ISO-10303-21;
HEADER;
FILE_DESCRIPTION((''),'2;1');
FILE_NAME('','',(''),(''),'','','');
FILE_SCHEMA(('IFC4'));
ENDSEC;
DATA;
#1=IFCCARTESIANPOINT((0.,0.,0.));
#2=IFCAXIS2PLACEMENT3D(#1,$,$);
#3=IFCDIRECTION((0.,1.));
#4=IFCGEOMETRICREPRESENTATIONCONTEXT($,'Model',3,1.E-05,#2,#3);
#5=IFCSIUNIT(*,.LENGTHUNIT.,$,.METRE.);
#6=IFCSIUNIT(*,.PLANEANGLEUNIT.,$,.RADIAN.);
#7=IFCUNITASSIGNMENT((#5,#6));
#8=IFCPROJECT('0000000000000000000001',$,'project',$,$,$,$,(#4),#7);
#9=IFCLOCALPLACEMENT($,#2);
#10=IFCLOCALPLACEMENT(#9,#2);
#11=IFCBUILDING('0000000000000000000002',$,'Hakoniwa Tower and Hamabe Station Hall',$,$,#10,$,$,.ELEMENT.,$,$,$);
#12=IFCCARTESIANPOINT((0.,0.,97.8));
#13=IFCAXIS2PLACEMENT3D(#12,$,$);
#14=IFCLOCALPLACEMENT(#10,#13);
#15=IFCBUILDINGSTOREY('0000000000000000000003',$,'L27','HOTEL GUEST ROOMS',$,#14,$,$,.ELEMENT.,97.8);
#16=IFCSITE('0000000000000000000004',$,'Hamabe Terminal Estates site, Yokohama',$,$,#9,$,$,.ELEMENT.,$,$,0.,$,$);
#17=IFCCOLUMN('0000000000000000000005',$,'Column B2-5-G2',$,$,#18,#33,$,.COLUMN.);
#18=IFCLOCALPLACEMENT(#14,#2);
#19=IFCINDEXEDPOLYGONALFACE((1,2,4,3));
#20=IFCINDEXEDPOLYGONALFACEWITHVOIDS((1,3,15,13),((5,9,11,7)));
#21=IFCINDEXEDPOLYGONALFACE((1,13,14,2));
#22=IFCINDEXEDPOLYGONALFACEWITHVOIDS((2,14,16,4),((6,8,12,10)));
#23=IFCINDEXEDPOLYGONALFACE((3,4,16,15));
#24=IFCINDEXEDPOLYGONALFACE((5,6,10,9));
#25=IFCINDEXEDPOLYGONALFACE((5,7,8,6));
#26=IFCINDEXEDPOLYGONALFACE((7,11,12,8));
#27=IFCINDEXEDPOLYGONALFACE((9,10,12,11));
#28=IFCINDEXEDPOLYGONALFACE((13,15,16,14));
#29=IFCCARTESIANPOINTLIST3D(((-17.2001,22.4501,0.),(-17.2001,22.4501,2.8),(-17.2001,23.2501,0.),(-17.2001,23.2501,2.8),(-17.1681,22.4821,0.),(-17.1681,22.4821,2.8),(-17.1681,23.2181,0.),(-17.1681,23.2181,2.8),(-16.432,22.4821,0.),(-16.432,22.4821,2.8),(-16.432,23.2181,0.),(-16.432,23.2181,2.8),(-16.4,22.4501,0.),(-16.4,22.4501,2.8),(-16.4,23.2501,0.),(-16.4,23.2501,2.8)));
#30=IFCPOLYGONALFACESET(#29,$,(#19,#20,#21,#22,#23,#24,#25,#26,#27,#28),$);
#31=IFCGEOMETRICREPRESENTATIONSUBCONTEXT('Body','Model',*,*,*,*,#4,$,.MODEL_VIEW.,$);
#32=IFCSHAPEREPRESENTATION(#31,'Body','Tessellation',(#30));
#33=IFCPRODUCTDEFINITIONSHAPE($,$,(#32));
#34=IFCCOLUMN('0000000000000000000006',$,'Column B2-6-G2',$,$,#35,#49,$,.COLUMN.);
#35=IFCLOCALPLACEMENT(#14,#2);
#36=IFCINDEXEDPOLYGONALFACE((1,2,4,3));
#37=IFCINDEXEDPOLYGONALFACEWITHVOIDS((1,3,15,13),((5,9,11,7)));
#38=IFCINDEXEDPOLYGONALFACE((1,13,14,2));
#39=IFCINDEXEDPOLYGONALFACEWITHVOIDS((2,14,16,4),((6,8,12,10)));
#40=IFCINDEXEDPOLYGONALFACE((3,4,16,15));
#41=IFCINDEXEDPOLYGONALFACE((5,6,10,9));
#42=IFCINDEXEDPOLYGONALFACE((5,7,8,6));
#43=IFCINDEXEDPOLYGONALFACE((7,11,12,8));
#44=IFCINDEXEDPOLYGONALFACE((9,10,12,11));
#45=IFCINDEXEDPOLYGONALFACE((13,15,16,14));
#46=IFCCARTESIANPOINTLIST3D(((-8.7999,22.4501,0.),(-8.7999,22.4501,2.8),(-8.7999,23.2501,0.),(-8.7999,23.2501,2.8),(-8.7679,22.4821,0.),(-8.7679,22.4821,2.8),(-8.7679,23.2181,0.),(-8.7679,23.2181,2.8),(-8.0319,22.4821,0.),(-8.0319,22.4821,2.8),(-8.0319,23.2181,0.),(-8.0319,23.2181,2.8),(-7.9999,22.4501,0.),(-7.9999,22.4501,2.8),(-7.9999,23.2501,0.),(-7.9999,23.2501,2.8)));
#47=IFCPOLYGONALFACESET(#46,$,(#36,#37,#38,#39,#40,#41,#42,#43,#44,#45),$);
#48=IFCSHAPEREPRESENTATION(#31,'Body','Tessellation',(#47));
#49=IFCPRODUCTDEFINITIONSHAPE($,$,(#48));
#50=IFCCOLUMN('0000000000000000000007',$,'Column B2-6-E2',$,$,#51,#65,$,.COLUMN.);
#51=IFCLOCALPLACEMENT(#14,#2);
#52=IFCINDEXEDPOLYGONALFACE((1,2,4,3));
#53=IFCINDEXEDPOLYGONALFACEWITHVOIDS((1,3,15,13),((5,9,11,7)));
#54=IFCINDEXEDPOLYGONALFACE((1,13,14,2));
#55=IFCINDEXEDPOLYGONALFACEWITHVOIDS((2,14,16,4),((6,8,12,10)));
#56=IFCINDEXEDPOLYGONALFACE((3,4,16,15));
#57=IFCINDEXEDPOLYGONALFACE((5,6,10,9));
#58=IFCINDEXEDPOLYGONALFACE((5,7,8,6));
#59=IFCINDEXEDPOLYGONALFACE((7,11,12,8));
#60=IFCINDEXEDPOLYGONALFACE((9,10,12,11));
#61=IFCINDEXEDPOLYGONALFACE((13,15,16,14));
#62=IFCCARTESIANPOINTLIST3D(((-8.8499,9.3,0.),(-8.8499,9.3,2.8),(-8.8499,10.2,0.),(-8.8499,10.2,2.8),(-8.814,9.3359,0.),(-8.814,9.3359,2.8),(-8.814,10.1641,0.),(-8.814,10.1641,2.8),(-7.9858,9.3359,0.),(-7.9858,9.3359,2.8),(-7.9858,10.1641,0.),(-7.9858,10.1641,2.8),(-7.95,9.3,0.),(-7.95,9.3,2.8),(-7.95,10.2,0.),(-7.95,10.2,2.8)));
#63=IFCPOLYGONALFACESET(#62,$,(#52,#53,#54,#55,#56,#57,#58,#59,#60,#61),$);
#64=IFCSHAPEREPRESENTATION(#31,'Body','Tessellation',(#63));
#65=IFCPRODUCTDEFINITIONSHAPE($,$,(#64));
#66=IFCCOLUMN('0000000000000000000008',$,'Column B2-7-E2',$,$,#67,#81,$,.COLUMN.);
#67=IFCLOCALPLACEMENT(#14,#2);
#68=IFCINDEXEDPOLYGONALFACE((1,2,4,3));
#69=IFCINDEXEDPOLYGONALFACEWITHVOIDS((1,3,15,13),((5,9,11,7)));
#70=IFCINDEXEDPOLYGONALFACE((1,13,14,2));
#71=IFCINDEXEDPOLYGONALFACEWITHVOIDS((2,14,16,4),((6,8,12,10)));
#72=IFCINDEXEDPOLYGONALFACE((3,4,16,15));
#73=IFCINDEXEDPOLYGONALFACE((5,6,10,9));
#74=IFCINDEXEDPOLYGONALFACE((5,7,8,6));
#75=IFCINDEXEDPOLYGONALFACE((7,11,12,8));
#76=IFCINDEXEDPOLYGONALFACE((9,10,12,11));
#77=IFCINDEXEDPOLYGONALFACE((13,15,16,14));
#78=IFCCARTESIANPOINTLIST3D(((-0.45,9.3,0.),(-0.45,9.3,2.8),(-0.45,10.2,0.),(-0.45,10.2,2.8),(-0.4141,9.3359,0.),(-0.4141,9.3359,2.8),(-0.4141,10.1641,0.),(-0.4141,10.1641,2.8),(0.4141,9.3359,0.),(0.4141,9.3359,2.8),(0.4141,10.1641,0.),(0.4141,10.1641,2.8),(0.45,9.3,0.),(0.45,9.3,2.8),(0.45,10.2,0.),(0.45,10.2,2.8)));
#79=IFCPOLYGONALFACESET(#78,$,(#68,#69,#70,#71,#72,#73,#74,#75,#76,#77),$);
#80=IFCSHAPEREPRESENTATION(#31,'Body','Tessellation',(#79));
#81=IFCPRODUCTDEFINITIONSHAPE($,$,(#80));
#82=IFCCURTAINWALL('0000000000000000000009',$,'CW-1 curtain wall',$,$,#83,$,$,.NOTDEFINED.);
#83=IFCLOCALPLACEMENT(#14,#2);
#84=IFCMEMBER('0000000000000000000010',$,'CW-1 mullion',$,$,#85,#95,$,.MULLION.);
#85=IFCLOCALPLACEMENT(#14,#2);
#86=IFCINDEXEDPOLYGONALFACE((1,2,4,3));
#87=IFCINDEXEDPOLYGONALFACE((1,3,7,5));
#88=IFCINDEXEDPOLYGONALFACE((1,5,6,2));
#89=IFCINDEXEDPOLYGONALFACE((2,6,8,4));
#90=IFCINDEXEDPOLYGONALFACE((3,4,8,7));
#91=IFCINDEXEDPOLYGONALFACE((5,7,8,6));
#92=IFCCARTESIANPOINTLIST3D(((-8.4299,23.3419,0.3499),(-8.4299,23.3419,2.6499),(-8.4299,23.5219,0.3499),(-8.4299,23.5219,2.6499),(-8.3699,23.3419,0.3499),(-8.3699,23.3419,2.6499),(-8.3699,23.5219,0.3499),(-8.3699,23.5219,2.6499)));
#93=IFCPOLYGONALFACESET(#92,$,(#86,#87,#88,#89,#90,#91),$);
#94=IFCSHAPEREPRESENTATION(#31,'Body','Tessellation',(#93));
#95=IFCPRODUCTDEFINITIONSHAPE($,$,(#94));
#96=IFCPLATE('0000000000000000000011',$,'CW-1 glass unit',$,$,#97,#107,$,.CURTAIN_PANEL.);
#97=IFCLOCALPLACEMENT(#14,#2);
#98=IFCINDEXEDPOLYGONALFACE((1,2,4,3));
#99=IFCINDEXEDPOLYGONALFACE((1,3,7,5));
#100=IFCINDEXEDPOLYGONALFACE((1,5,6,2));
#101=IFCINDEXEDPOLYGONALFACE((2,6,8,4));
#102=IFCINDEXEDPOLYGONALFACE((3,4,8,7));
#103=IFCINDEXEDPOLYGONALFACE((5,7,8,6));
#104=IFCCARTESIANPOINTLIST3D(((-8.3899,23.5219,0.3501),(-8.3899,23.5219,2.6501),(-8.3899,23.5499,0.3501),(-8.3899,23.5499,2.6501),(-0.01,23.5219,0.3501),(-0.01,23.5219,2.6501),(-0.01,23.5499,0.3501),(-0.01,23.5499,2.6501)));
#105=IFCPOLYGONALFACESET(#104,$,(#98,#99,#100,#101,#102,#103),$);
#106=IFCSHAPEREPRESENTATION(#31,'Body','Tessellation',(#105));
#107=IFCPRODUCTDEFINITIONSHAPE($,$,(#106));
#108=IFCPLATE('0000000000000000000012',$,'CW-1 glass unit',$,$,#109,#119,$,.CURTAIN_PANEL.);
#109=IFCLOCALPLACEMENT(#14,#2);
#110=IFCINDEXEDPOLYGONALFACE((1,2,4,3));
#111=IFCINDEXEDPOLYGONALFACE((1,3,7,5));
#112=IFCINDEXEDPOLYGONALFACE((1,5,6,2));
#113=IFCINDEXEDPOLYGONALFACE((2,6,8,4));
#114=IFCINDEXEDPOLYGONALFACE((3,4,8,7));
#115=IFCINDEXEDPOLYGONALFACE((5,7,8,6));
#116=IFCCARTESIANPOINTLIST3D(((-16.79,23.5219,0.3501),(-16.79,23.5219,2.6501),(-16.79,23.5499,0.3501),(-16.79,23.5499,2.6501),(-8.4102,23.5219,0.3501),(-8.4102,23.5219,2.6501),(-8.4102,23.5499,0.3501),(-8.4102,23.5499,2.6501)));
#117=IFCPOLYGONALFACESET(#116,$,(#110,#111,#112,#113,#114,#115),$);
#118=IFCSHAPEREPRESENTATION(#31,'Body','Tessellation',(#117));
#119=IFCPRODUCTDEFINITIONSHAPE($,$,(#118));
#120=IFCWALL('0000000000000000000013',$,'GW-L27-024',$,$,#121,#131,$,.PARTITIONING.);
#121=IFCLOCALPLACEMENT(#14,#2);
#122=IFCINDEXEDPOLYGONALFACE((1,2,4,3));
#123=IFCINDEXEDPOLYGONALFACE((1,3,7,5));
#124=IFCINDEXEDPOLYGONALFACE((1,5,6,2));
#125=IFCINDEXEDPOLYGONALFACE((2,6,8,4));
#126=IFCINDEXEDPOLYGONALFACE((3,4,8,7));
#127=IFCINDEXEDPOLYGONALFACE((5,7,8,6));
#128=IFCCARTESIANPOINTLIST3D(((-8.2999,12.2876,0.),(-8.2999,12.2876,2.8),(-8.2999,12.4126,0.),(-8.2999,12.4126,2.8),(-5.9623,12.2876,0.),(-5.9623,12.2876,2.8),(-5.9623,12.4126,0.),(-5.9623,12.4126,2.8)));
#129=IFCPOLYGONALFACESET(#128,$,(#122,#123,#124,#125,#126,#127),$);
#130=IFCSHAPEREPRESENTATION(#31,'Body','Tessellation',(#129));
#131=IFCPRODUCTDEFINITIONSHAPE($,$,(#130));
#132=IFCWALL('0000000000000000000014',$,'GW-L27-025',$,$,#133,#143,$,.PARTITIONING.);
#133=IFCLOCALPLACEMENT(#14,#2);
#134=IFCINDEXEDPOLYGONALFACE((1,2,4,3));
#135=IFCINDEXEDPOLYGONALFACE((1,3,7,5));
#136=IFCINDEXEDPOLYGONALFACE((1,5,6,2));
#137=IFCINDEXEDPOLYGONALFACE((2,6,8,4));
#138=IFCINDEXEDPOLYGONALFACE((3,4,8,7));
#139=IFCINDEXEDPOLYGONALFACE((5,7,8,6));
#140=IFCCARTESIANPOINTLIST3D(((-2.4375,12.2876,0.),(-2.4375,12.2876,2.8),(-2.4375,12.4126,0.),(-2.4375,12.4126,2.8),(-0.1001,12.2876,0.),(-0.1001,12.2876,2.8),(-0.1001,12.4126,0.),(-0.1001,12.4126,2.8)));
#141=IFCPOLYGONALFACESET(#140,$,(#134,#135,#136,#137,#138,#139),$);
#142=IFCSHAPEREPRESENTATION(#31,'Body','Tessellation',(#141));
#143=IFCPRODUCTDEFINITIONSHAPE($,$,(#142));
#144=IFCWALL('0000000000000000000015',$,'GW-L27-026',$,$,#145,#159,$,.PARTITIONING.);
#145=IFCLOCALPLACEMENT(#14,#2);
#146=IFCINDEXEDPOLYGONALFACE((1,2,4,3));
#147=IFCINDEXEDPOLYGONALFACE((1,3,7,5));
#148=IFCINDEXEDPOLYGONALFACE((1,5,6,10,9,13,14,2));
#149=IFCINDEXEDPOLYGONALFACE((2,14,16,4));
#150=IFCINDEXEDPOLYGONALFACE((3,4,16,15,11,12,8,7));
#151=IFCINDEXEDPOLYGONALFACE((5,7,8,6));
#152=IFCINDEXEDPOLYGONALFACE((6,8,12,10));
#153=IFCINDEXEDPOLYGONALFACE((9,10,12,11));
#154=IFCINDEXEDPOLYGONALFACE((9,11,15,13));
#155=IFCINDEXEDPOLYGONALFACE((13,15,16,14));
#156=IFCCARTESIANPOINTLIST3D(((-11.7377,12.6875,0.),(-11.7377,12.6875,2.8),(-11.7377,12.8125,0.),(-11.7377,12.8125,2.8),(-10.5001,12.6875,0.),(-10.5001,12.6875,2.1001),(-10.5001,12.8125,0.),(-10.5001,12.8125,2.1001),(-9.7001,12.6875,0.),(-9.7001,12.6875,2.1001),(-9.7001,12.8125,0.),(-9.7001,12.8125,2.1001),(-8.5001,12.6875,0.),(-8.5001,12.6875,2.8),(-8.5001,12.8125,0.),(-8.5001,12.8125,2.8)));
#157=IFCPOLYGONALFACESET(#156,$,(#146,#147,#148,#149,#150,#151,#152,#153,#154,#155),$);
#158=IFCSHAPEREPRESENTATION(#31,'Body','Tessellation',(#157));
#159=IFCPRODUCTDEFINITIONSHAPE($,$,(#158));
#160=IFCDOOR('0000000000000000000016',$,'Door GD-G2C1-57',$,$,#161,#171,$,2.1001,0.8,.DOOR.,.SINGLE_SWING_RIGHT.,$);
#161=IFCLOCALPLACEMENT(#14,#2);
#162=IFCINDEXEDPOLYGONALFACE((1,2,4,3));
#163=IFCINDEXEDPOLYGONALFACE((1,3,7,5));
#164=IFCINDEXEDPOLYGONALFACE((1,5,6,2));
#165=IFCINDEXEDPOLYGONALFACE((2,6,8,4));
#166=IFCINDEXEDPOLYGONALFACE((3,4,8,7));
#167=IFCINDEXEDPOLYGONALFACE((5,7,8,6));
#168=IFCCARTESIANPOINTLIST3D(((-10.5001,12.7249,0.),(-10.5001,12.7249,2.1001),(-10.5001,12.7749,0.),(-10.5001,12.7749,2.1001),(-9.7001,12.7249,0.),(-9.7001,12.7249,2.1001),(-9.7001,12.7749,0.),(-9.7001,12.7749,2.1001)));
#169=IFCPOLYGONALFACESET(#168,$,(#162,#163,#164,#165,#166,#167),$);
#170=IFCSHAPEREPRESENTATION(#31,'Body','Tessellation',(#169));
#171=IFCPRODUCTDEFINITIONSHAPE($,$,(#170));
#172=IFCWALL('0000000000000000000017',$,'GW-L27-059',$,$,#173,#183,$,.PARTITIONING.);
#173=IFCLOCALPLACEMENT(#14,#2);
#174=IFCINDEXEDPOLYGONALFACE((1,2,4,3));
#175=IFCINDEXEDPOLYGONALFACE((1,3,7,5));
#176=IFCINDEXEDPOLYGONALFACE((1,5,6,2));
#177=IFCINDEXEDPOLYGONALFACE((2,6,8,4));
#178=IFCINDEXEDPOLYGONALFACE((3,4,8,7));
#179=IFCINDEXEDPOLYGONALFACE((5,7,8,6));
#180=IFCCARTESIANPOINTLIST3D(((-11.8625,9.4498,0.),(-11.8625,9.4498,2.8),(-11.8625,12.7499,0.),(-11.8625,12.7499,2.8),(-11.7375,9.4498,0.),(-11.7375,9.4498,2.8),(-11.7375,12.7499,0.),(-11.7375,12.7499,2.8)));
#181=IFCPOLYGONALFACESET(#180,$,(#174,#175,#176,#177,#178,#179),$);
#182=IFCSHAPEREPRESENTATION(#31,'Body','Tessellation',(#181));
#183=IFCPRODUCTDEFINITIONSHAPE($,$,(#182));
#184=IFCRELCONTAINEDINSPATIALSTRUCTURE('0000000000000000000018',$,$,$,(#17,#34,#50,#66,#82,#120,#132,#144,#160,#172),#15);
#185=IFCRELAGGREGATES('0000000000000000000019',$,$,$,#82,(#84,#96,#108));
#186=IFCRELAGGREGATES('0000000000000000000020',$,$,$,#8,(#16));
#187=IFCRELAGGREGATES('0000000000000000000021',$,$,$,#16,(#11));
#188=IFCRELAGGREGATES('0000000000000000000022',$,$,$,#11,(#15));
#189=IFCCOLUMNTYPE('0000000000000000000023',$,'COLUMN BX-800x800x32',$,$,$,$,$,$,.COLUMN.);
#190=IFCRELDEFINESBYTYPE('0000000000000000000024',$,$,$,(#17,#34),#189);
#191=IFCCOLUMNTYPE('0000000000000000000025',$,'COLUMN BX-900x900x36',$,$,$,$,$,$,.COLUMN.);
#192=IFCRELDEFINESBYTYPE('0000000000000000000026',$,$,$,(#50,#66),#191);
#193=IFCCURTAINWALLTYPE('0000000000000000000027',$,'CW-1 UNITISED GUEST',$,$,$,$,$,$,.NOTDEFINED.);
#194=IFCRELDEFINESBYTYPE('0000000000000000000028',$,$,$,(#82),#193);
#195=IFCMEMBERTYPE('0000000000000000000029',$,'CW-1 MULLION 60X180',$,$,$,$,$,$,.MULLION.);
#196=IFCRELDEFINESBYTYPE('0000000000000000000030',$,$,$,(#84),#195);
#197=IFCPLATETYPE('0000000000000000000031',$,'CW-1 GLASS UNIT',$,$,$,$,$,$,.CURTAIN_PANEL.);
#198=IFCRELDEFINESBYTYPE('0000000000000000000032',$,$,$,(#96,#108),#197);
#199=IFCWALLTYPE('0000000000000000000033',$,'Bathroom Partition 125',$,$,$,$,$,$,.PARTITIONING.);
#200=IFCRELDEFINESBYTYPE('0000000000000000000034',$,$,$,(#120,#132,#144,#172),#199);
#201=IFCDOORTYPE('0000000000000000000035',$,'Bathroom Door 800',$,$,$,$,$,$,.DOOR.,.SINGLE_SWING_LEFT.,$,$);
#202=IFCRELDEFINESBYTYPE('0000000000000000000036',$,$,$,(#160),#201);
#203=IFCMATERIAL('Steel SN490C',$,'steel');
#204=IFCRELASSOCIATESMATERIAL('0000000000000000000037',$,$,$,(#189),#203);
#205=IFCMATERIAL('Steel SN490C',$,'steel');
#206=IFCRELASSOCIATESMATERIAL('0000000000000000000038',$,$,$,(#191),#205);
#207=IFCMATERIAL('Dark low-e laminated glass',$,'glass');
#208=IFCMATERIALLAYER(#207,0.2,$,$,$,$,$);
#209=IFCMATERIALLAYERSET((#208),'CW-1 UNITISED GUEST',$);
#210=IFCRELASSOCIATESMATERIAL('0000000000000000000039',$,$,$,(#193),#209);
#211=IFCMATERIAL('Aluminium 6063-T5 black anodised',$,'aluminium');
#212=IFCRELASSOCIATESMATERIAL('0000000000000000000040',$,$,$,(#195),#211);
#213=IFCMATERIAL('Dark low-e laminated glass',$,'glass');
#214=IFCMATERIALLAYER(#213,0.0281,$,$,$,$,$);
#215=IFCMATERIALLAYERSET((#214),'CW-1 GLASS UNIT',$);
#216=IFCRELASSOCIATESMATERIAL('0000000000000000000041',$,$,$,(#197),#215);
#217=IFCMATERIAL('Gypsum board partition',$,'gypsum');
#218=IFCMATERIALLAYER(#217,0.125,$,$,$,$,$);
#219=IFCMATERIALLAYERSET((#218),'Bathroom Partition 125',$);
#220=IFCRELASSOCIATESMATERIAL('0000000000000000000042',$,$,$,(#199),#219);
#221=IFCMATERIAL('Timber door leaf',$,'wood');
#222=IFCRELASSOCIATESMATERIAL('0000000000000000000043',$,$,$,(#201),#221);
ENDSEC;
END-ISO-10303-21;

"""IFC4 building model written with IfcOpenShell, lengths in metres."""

from ifc_helpers import new_model, si_unit, direction, frame, frame_2d, origin, origin_2d, place, context, subcontext, project, spatial, rectangle, hollow_rectangle, extrude, material, layer, layer_set, material_profile, profile_set, type_object, element, fill, aggregate, save


model = new_model("IFC4")

# Units and contexts
model_context = context("Model", 3, precision=1e-05, world=origin(), true_north=direction((0.0, 1.0)))
body_context = subcontext(model_context, "Body", "Model", "MODEL_VIEW")
ifc_project = project(units=[si_unit("LENGTHUNIT", "METRE"), si_unit("PLANEANGLEUNIT", "RADIAN")], contexts=[model_context])

# Site, building, storey
site_placement = place(None, origin())
site = spatial("IfcSite", under=ifc_project, at=site_placement, Name="Hamabe Terminal Estates site, Yokohama", CompositionType="ELEMENT", RefElevation=0.0)
building_placement = place(site_placement, origin())
building = spatial("IfcBuilding", under=site, at=building_placement, Name="Hakoniwa Tower and Hamabe Station Hall", CompositionType="ELEMENT")
storey_placement = place(building_placement, frame((0.0, 0.0, 97.8)))
storey = spatial("IfcBuildingStorey", under=building, at=storey_placement, Name="L27", Description="HOTEL GUEST ROOMS", CompositionType="ELEMENT", Elevation=97.8)

# Columns
ifc_material_1 = material(Name="Steel SN490C", Category="steel")
ifc_material_profile_1 = material_profile(ifc_material_1, hollow_rectangle(XDim=0.8, YDim=0.8, WallThickness=0.032, at=origin_2d()), Name="BX-800x800x32")
ifc_profile_set_1 = profile_set([ifc_material_profile_1], Name="Steel SN490C")
column_type_1 = type_object("IfcColumnType", Name="COLUMN BX-800x800x32", PredefinedType="COLUMN", material=ifc_profile_set_1)
for number, where, z_axis, x_axis, name in (
    (1, (-16.8, 22.8501, 0.0), (0.0, 0.0, 1.0), (1.0, 0.0, 0.0), "Column B2-5-G2"),
    (2, (-8.3999, 22.8501, 0.0), (0.0, 0.0, 1.0), (1.0, 0.0, 0.0), "Column B2-6-G2"),
):
    element("IfcColumn", number, at=place(storey_placement, frame(where, z_axis=z_axis, x_axis=x_axis)), inside=storey, type_object=column_type_1, Name=name, PredefinedType="COLUMN", context=body_context, shape_type="SweptSolid", body=[
        extrude(hollow_rectangle(XDim=0.8, YDim=0.8, WallThickness=0.032, at=origin_2d()), origin(), (0.0, 0.0, 1.0), 2.8),
    ])
ifc_material_2 = material(Name="Steel SN490C", Category="steel")
ifc_material_profile_2 = material_profile(ifc_material_2, hollow_rectangle(XDim=0.8999, YDim=0.8999, WallThickness=0.0359, at=origin_2d()), Name="BX-900x900x36")
ifc_profile_set_2 = profile_set([ifc_material_profile_2], Name="Steel SN490C")
column_type_2 = type_object("IfcColumnType", Name="COLUMN BX-900x900x36", PredefinedType="COLUMN", material=ifc_profile_set_2)
for number, where, z_axis, x_axis, name in (
    (3, (-8.3999, 9.75, 0.0), (0.0, 0.0, 1.0), (1.0, 0.0, 0.0), "Column B2-6-E2"),
    (4, (0.0, 9.75, 0.0), (0.0, 0.0, 1.0), (1.0, 0.0, 0.0), "Column B2-7-E2"),
):
    element("IfcColumn", number, at=place(storey_placement, frame(where, z_axis=z_axis, x_axis=x_axis)), inside=storey, type_object=column_type_2, Name=name, PredefinedType="COLUMN", context=body_context, shape_type="SweptSolid", body=[
        extrude(hollow_rectangle(XDim=0.8999, YDim=0.8999, WallThickness=0.0359, at=origin_2d()), origin(), (0.0, 0.0, 1.0), 2.8),
    ])

# Curtain wall, member, plates
ifc_material_3 = material(Name="Dark low-e laminated glass", Category="glass")
ifc_layer_1 = layer(ifc_material_3, 0.2)
ifc_layer_set_1 = layer_set([ifc_layer_1], Name="CW-1 UNITISED GUEST")
curtain_wall_type = type_object("IfcCurtainWallType", Name="CW-1 UNITISED GUEST", PredefinedType="NOTDEFINED", material=ifc_layer_set_1)
curtain_wall_placement = place(storey_placement, origin())
curtain_wall = element("IfcCurtainWall", 5, at=curtain_wall_placement, inside=storey, type_object=curtain_wall_type, Name="CW-1 curtain wall", PredefinedType="NOTDEFINED")
ifc_material_4 = material(Name="Aluminium 6063-T5 black anodised", Category="aluminium")
ifc_material_profile_3 = material_profile(ifc_material_4, rectangle(XDim=0.0601, YDim=0.1799, at=origin_2d()), Name="CW-1 MULLION 60X180")
ifc_profile_set_3 = profile_set([ifc_material_profile_3], Name="Aluminium 6063-T5 black anodised")
member_type = type_object("IfcMemberType", Name="CW-1 MULLION 60X180", PredefinedType="MULLION", material=ifc_profile_set_3)
member_placement = place(storey_placement, frame((-8.3999, 23.4319, 0.3499), z_axis=(0.0, 0.0, 1.0), x_axis=(-1.0, 0.0, 0.0)))
member = element("IfcMember", 6, at=member_placement, type_object=member_type, Name="CW-1 mullion", PredefinedType="MULLION", context=body_context, shape_type="SweptSolid", body=[
    extrude(rectangle(XDim=0.0601, YDim=0.1799, at=origin_2d()), origin(), (0.0, 0.0, 1.0), 2.3),
])
ifc_material_5 = material(Name="Dark low-e laminated glass", Category="glass")
ifc_layer_2 = layer(ifc_material_5, 0.0281)
ifc_layer_set_2 = layer_set([ifc_layer_2], Name="CW-1 GLASS UNIT")
plate_type = type_object("IfcPlateType", Name="CW-1 GLASS UNIT", PredefinedType="CURTAIN_PANEL", material=ifc_layer_set_2)
plate_1_placement = place(storey_placement, frame((-4.2, 23.5359, 0.3501), z_axis=(0.0, 0.0, 1.0), x_axis=(-1.0, 0.0, 0.0)))
plate_1 = element("IfcPlate", 7, at=plate_1_placement, type_object=plate_type, Name="CW-1 glass unit", PredefinedType="CURTAIN_PANEL", context=body_context, shape_type="SweptSolid", body=[
    extrude(rectangle(XDim=8.3799, YDim=0.0281, at=origin_2d()), origin(), (0.0, 0.0, 1.0), 2.3),
])
plate_2_placement = place(storey_placement, frame((-12.6001, 23.5359, 0.3501), z_axis=(0.0, 0.0, 1.0), x_axis=(-1.0, 0.0, 0.0)))
plate_2 = element("IfcPlate", 8, at=plate_2_placement, type_object=plate_type, Name="CW-1 glass unit", PredefinedType="CURTAIN_PANEL", context=body_context, shape_type="SweptSolid", body=[
    extrude(rectangle(XDim=8.3799, YDim=0.0281, at=origin_2d()), origin(), (0.0, 0.0, 1.0), 2.3),
])
aggregate(curtain_wall, [member, plate_1, plate_2])

# Walls
ifc_material_6 = material(Name="Gypsum board partition", Category="gypsum")
ifc_layer_3 = layer(ifc_material_6, 0.125)
ifc_layer_set_3 = layer_set([ifc_layer_3], Name="Bathroom Partition 125")
wall_type_1 = type_object("IfcWallType", Name="Bathroom Partition 125", PredefinedType="PARTITIONING", material=ifc_layer_set_3)
wall_1_placement = place(storey_placement, frame((-8.3, 12.3501, 0.0), z_axis=(0.0, 0.0, 1.0), x_axis=(1.0, 0.0, 0.0)))
element("IfcWall", 9, at=wall_1_placement, inside=storey, type_object=wall_type_1, Name="GW-L27-024", PredefinedType="PARTITIONING", context=body_context, shape_type="SweptSolid", body=[
    extrude(rectangle(XDim=2.3376, YDim=0.125, at=frame_2d((1.1689, 0.0))), origin(), (0.0, 0.0, 1.0), 2.8),
])
wall_2_placement = place(storey_placement, frame((-2.4375, 12.3501, 0.0), z_axis=(0.0, 0.0, 1.0), x_axis=(1.0, 0.0, 0.0)))
element("IfcWall", 10, at=wall_2_placement, inside=storey, type_object=wall_type_1, Name="GW-L27-025", PredefinedType="PARTITIONING", context=body_context, shape_type="SweptSolid", body=[
    extrude(rectangle(XDim=2.3374, YDim=0.125, at=frame_2d((1.1687, 0.0))), origin(), (0.0, 0.0, 1.0), 2.8),
])

# Wall, opening, door
wall_3_placement = place(storey_placement, frame((-11.7375, 12.75, 0.0), z_axis=(0.0, 0.0, 1.0), x_axis=(1.0, 0.0, 0.0)))
wall_3 = element("IfcWall", 11, at=wall_3_placement, inside=storey, type_object=wall_type_1, Name="GW-L27-026", PredefinedType="PARTITIONING", context=body_context, shape_type="SweptSolid", body=[
    extrude(rectangle(XDim=3.2375, YDim=0.125, at=frame_2d((1.6187, 0.0))), origin(), (0.0, 0.0, 1.0), 2.8),
])
opening_1_placement = place(wall_3_placement, frame((1.2375, 0.0, 0.0)))
opening_1 = element("IfcOpeningElement", 12, at=opening_1_placement, cuts=wall_3, PredefinedType="OPENING", context=body_context, shape_type="SweptSolid", body=[
    extrude(rectangle(XDim=0.8, YDim=2.1001, at=frame_2d((0.3999, 1.05))), frame((0.0, 0.0725, 0.0), z_axis=(0.0, -1.0, 0.0), x_axis=(1.0, 0.0, 0.0)), (0.0, 0.0, 1.0), 0.145),
])
ifc_material_7 = material(Name="Timber door leaf", Category="wood")
door_type_1 = type_object("IfcDoorType", Name="Bathroom Door 800", OperationType="SINGLE_SWING_LEFT", PredefinedType="DOOR", material=ifc_material_7)
door_1_placement = place(opening_1_placement, origin())
door_1 = element("IfcDoor", 13, at=door_1_placement, inside=storey, type_object=door_type_1, Name="Door GD-G2C1-57", OperationType="SINGLE_SWING_RIGHT", OverallHeight=2.1001, OverallWidth=0.8, PredefinedType="DOOR", context=body_context, shape_type="SweptSolid", body=[
    extrude(rectangle(XDim=0.8, YDim=2.1001, at=frame_2d((0.3999, 1.05))), frame((0.0, 0.0249, 0.0), z_axis=(0.0, -1.0, 0.0), x_axis=(1.0, 0.0, 0.0)), (0.0, 0.0, 1.0), 0.05),
])
fill(opening_1, door_1)

# Wall
wall_4_placement = place(storey_placement, frame((-11.8, 9.45, 0.0), z_axis=(0.0, 0.0, 1.0), x_axis=(0.0, 1.0, 0.0)))
element("IfcWall", 14, at=wall_4_placement, inside=storey, type_object=wall_type_1, Name="GW-L27-059", PredefinedType="PARTITIONING", context=body_context, shape_type="SweptSolid", body=[
    extrude(rectangle(XDim=3.3, YDim=0.125, at=frame_2d((1.6499, 0.0))), origin(), (0.0, 0.0, 1.0), 2.8),
])

save(model, "model.ifc")
